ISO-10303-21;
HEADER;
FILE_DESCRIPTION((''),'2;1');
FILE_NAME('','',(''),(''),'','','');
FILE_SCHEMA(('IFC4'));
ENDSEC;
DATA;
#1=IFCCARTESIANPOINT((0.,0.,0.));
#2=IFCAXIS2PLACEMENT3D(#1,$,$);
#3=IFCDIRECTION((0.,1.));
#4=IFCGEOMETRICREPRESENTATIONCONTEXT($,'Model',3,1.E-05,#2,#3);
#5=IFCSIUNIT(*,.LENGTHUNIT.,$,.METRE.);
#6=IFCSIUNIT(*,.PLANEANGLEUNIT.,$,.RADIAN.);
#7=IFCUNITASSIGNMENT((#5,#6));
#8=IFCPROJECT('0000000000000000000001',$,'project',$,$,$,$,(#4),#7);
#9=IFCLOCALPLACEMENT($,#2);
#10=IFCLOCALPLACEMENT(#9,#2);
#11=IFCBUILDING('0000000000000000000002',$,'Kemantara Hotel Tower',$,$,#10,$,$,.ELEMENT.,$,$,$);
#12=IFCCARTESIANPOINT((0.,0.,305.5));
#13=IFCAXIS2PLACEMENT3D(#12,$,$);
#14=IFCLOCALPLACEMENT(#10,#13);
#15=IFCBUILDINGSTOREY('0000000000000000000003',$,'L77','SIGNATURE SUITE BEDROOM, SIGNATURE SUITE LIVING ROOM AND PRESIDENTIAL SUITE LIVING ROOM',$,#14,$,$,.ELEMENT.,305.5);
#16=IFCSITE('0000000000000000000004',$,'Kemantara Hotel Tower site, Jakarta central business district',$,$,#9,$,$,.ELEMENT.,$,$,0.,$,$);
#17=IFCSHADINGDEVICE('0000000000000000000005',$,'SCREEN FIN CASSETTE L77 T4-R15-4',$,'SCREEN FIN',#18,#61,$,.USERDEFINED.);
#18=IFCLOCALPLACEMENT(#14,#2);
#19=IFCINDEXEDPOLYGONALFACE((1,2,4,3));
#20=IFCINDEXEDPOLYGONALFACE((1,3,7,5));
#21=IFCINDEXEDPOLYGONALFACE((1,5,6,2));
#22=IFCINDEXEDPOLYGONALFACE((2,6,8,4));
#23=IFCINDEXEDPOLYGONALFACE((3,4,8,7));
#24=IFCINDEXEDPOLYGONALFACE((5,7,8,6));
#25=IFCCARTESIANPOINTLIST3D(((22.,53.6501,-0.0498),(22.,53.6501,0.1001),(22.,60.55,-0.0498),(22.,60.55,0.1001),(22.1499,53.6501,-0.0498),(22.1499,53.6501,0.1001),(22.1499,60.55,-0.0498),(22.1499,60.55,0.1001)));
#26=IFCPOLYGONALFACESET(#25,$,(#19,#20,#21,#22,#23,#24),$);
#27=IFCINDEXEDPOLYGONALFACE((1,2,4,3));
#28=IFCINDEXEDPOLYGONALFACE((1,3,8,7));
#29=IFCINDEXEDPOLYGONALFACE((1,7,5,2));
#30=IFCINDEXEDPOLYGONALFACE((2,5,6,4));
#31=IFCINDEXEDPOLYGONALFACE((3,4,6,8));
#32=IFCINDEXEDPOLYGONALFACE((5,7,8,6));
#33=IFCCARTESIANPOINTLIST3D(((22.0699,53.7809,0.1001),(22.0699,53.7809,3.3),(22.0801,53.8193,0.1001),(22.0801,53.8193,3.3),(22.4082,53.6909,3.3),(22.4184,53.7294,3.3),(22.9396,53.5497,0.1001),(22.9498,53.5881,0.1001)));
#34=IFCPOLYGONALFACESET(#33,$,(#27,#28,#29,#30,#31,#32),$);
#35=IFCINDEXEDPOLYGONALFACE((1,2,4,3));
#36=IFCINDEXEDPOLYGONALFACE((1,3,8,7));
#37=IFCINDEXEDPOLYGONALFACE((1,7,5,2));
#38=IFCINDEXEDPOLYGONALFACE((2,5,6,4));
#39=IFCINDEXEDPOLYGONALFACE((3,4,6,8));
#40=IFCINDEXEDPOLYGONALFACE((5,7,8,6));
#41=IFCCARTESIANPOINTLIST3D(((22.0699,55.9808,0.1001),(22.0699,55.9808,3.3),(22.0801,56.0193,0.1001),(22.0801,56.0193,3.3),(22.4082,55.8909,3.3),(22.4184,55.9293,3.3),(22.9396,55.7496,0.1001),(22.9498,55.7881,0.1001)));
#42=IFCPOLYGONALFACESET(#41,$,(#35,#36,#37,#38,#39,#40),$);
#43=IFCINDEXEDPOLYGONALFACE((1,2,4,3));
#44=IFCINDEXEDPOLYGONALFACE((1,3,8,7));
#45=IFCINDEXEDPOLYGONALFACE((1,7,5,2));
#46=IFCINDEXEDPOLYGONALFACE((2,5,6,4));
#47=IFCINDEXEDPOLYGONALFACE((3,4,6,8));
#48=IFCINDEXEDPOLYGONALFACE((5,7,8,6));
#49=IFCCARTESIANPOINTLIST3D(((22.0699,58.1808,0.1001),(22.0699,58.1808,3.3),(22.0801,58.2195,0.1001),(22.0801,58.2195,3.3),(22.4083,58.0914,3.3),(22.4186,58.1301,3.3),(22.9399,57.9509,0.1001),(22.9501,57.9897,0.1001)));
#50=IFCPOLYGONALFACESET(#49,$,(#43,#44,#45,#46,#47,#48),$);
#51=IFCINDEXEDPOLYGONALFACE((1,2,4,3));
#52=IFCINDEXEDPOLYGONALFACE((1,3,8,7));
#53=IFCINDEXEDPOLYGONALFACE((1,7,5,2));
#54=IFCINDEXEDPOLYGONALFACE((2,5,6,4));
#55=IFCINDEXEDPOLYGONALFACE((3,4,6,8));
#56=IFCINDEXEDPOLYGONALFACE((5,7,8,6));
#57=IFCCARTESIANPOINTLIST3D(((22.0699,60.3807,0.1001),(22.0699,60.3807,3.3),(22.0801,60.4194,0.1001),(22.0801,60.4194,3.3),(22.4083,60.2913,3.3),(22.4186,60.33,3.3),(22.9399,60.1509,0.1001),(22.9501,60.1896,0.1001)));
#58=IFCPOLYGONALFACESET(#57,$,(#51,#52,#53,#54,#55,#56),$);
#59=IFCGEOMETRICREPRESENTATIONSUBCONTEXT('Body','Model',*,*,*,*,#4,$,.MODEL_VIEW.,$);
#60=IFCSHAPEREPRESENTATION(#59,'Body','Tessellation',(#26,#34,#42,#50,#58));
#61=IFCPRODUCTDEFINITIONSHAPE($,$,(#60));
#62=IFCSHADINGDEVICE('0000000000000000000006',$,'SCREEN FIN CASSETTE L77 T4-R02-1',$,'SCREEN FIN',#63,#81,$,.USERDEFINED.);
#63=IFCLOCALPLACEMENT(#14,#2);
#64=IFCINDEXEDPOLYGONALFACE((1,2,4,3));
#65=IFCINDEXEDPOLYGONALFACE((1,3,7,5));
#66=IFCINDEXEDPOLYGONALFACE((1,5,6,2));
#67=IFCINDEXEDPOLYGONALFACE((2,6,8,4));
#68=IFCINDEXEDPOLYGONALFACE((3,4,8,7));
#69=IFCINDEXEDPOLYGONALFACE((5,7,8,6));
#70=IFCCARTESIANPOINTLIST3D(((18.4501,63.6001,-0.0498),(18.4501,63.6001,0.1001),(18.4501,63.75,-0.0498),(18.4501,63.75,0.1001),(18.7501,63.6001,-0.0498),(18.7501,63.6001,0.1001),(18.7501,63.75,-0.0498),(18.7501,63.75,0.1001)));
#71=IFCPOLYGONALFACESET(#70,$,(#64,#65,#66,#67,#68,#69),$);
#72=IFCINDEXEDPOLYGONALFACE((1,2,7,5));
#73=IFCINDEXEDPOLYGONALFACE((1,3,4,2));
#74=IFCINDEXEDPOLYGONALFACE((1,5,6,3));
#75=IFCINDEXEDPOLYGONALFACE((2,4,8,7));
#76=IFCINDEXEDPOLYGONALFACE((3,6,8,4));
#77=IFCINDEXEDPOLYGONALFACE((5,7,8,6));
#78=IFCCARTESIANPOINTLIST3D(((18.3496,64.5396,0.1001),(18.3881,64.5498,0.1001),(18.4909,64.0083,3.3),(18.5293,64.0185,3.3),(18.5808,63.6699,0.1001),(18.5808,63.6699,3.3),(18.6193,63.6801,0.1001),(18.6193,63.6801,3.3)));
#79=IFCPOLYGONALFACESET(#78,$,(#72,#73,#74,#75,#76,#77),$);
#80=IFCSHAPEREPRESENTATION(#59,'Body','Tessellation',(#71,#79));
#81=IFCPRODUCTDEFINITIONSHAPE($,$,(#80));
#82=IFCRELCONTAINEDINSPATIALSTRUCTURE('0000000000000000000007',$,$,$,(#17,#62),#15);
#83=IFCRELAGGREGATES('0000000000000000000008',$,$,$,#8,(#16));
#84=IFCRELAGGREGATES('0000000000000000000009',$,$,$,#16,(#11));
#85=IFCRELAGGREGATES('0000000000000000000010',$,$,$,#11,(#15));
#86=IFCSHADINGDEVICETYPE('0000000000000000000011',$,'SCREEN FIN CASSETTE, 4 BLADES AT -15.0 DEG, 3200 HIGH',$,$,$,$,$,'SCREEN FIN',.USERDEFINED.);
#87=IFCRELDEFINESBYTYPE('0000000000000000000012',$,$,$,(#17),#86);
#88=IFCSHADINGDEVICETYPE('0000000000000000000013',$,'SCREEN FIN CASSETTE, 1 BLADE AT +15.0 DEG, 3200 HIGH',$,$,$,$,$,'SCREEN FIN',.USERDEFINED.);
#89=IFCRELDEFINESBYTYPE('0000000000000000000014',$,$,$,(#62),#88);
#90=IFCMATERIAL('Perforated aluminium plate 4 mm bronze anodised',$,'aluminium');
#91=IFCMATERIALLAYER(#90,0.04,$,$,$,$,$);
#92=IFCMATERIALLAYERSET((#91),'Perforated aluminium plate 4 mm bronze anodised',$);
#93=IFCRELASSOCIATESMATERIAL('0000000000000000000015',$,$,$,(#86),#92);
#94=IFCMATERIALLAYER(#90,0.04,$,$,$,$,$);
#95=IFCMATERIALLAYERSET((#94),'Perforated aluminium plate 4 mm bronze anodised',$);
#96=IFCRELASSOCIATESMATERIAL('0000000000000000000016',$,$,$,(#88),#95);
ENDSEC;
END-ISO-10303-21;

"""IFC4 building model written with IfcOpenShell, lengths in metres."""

from ifc_helpers import new_model, si_unit, direction, frame, origin, origin_2d, place, context, subcontext, project, spatial, polyline, rectangle, outline, extrude, source, transform, mapped, material, layer, layer_set, type_object, element, save


model = new_model("IFC4")

# Units and contexts
model_context = context("Model", 3, precision=1e-05, world=origin(), true_north=direction((0.0, 1.0)))
body_context = subcontext(model_context, "Body", "Model", "MODEL_VIEW")
ifc_project = project(units=[si_unit("LENGTHUNIT", "METRE"), si_unit("PLANEANGLEUNIT", "RADIAN")], contexts=[model_context])

# Site, building, storey
site_placement = place(None, origin())
site = spatial("IfcSite", under=ifc_project, at=site_placement, Name="Kemantara Hotel Tower site, Jakarta central business district", CompositionType="ELEMENT", RefElevation=0.0)
building_placement = place(site_placement, origin())
building = spatial("IfcBuilding", under=site, at=building_placement, Name="Kemantara Hotel Tower", CompositionType="ELEMENT")
storey_placement = place(building_placement, frame((0.0, 0.0, 305.5)))
storey = spatial("IfcBuildingStorey", under=building, at=storey_placement, Name="L77", Description="SIGNATURE SUITE BEDROOM, SIGNATURE SUITE LIVING ROOM AND PRESIDENTIAL SUITE LIVING ROOM", CompositionType="ELEMENT", Elevation=305.5)

# Shading devices
ifc_material_1 = material(Name="Perforated aluminium plate 4 mm bronze anodised", Category="aluminium")
ifc_layer_1 = layer(ifc_material_1, 0.04)
ifc_layer_set_1 = layer_set([ifc_layer_1], Name="Perforated aluminium plate 4 mm bronze anodised")
shading_device_type_1 = type_object("IfcShadingDeviceType", Name="SCREEN FIN CASSETTE, 4 BLADES AT -15.0 DEG, 3200 HIGH", ElementType="SCREEN FIN", PredefinedType="USERDEFINED", material=ifc_layer_set_1)
shared_shape_1 = source(origin(), body_context, "Body", "SweptSolid", [
    extrude(rectangle(XDim=6.8999, YDim=0.1499, at=origin_2d()), frame((3.3, -0.075, -0.1499), z_axis=(0.0, 0.0, 1.0), x_axis=(1.0, 0.0, 0.0)), (0.0, 0.0, 1.0), 0.1499),
    extrude(outline(polyline([(0.0, 0.0), (0.8999, 0.0), (0.3501, 3.2), (0.0, 3.2), (0.0, 0.0)])), frame((0.0193, -0.0801, 0.0), z_axis=(-0.966438, 0.256901, 0.0), x_axis=(-0.256901, -0.966438, 0.0)), (0.0, 0.0, 1.0), 0.0398),
    extrude(outline(polyline([(0.0, 0.0), (0.8999, 0.0), (0.3501, 3.2), (0.0, 3.2), (0.0, 0.0)])), frame((2.2192, -0.0801, 0.0), z_axis=(-0.966438, 0.256901, 0.0), x_axis=(-0.256901, -0.966438, 0.0)), (0.0, 0.0, 1.0), 0.0398),
    extrude(outline(polyline([(0.0, 0.0), (0.8999, 0.0), (0.3501, 3.2), (0.0, 3.2), (0.0, 0.0)])), frame((4.4194, -0.0801, 0.0), z_axis=(-0.966838, 0.255391, 0.0), x_axis=(-0.255391, -0.966838, 0.0)), (0.0, 0.0, 1.0), 0.04),
    extrude(outline(polyline([(0.0, 0.0), (0.8999, 0.0), (0.3501, 3.2), (0.0, 3.2), (0.0, 0.0)])), frame((6.6194, -0.0801, 0.0), z_axis=(-0.966838, 0.255391, 0.0), x_axis=(-0.255391, -0.966838, 0.0)), (0.0, 0.0, 1.0), 0.04),
])
shading_device_1_placement = place(storey_placement, frame((22.0, 53.8, 0.1001), z_axis=(0.0, 0.0, 1.0), x_axis=(0.0, 1.0, 0.0)))
element("IfcShadingDevice", 1, at=shading_device_1_placement, inside=storey, type_object=shading_device_type_1, Name="SCREEN FIN CASSETTE L77 T4-R15-4", ObjectType="SCREEN FIN", PredefinedType="USERDEFINED", context=body_context, shape_type="MappedRepresentation", body=[
    mapped(shared_shape_1, transform((0.0, 0.0, 0.0))),
])
ifc_layer_2 = layer(ifc_material_1, 0.04)
ifc_layer_set_2 = layer_set([ifc_layer_2], Name="Perforated aluminium plate 4 mm bronze anodised")
shading_device_type_2 = type_object("IfcShadingDeviceType", Name="SCREEN FIN CASSETTE, 1 BLADE AT +15.0 DEG, 3200 HIGH", ElementType="SCREEN FIN", PredefinedType="USERDEFINED", material=ifc_layer_set_2)
shared_shape_2 = source(origin(), body_context, "Body", "SweptSolid", [
    extrude(rectangle(XDim=0.3, YDim=0.1499, at=origin_2d()), frame((0.0, -0.075, -0.1499), z_axis=(0.0, 0.0, 1.0), x_axis=(1.0, 0.0, 0.0)), (0.0, 0.0, 1.0), 0.1499),
    extrude(outline(polyline([(0.0, 0.0), (0.8999, 0.0), (0.3501, 3.2), (0.0, 3.2), (0.0, 0.0)])), frame((0.0193, -0.0698, 0.0), z_axis=(-0.966438, -0.256901, 0.0), x_axis=(0.256901, -0.966438, 0.0)), (0.0, 0.0, 1.0), 0.0398),
])
shading_device_2_placement = place(storey_placement, frame((18.6001, 63.6001, 0.1001), z_axis=(0.0, 0.0, 1.0), x_axis=(-1.0, 0.0, 0.0)))
element("IfcShadingDevice", 2, at=shading_device_2_placement, inside=storey, type_object=shading_device_type_2, Name="SCREEN FIN CASSETTE L77 T4-R02-1", ObjectType="SCREEN FIN", PredefinedType="USERDEFINED", context=body_context, shape_type="MappedRepresentation", body=[
    mapped(shared_shape_2, transform((0.0, 0.0, 0.0))),
])

save(model, "model.ifc")
